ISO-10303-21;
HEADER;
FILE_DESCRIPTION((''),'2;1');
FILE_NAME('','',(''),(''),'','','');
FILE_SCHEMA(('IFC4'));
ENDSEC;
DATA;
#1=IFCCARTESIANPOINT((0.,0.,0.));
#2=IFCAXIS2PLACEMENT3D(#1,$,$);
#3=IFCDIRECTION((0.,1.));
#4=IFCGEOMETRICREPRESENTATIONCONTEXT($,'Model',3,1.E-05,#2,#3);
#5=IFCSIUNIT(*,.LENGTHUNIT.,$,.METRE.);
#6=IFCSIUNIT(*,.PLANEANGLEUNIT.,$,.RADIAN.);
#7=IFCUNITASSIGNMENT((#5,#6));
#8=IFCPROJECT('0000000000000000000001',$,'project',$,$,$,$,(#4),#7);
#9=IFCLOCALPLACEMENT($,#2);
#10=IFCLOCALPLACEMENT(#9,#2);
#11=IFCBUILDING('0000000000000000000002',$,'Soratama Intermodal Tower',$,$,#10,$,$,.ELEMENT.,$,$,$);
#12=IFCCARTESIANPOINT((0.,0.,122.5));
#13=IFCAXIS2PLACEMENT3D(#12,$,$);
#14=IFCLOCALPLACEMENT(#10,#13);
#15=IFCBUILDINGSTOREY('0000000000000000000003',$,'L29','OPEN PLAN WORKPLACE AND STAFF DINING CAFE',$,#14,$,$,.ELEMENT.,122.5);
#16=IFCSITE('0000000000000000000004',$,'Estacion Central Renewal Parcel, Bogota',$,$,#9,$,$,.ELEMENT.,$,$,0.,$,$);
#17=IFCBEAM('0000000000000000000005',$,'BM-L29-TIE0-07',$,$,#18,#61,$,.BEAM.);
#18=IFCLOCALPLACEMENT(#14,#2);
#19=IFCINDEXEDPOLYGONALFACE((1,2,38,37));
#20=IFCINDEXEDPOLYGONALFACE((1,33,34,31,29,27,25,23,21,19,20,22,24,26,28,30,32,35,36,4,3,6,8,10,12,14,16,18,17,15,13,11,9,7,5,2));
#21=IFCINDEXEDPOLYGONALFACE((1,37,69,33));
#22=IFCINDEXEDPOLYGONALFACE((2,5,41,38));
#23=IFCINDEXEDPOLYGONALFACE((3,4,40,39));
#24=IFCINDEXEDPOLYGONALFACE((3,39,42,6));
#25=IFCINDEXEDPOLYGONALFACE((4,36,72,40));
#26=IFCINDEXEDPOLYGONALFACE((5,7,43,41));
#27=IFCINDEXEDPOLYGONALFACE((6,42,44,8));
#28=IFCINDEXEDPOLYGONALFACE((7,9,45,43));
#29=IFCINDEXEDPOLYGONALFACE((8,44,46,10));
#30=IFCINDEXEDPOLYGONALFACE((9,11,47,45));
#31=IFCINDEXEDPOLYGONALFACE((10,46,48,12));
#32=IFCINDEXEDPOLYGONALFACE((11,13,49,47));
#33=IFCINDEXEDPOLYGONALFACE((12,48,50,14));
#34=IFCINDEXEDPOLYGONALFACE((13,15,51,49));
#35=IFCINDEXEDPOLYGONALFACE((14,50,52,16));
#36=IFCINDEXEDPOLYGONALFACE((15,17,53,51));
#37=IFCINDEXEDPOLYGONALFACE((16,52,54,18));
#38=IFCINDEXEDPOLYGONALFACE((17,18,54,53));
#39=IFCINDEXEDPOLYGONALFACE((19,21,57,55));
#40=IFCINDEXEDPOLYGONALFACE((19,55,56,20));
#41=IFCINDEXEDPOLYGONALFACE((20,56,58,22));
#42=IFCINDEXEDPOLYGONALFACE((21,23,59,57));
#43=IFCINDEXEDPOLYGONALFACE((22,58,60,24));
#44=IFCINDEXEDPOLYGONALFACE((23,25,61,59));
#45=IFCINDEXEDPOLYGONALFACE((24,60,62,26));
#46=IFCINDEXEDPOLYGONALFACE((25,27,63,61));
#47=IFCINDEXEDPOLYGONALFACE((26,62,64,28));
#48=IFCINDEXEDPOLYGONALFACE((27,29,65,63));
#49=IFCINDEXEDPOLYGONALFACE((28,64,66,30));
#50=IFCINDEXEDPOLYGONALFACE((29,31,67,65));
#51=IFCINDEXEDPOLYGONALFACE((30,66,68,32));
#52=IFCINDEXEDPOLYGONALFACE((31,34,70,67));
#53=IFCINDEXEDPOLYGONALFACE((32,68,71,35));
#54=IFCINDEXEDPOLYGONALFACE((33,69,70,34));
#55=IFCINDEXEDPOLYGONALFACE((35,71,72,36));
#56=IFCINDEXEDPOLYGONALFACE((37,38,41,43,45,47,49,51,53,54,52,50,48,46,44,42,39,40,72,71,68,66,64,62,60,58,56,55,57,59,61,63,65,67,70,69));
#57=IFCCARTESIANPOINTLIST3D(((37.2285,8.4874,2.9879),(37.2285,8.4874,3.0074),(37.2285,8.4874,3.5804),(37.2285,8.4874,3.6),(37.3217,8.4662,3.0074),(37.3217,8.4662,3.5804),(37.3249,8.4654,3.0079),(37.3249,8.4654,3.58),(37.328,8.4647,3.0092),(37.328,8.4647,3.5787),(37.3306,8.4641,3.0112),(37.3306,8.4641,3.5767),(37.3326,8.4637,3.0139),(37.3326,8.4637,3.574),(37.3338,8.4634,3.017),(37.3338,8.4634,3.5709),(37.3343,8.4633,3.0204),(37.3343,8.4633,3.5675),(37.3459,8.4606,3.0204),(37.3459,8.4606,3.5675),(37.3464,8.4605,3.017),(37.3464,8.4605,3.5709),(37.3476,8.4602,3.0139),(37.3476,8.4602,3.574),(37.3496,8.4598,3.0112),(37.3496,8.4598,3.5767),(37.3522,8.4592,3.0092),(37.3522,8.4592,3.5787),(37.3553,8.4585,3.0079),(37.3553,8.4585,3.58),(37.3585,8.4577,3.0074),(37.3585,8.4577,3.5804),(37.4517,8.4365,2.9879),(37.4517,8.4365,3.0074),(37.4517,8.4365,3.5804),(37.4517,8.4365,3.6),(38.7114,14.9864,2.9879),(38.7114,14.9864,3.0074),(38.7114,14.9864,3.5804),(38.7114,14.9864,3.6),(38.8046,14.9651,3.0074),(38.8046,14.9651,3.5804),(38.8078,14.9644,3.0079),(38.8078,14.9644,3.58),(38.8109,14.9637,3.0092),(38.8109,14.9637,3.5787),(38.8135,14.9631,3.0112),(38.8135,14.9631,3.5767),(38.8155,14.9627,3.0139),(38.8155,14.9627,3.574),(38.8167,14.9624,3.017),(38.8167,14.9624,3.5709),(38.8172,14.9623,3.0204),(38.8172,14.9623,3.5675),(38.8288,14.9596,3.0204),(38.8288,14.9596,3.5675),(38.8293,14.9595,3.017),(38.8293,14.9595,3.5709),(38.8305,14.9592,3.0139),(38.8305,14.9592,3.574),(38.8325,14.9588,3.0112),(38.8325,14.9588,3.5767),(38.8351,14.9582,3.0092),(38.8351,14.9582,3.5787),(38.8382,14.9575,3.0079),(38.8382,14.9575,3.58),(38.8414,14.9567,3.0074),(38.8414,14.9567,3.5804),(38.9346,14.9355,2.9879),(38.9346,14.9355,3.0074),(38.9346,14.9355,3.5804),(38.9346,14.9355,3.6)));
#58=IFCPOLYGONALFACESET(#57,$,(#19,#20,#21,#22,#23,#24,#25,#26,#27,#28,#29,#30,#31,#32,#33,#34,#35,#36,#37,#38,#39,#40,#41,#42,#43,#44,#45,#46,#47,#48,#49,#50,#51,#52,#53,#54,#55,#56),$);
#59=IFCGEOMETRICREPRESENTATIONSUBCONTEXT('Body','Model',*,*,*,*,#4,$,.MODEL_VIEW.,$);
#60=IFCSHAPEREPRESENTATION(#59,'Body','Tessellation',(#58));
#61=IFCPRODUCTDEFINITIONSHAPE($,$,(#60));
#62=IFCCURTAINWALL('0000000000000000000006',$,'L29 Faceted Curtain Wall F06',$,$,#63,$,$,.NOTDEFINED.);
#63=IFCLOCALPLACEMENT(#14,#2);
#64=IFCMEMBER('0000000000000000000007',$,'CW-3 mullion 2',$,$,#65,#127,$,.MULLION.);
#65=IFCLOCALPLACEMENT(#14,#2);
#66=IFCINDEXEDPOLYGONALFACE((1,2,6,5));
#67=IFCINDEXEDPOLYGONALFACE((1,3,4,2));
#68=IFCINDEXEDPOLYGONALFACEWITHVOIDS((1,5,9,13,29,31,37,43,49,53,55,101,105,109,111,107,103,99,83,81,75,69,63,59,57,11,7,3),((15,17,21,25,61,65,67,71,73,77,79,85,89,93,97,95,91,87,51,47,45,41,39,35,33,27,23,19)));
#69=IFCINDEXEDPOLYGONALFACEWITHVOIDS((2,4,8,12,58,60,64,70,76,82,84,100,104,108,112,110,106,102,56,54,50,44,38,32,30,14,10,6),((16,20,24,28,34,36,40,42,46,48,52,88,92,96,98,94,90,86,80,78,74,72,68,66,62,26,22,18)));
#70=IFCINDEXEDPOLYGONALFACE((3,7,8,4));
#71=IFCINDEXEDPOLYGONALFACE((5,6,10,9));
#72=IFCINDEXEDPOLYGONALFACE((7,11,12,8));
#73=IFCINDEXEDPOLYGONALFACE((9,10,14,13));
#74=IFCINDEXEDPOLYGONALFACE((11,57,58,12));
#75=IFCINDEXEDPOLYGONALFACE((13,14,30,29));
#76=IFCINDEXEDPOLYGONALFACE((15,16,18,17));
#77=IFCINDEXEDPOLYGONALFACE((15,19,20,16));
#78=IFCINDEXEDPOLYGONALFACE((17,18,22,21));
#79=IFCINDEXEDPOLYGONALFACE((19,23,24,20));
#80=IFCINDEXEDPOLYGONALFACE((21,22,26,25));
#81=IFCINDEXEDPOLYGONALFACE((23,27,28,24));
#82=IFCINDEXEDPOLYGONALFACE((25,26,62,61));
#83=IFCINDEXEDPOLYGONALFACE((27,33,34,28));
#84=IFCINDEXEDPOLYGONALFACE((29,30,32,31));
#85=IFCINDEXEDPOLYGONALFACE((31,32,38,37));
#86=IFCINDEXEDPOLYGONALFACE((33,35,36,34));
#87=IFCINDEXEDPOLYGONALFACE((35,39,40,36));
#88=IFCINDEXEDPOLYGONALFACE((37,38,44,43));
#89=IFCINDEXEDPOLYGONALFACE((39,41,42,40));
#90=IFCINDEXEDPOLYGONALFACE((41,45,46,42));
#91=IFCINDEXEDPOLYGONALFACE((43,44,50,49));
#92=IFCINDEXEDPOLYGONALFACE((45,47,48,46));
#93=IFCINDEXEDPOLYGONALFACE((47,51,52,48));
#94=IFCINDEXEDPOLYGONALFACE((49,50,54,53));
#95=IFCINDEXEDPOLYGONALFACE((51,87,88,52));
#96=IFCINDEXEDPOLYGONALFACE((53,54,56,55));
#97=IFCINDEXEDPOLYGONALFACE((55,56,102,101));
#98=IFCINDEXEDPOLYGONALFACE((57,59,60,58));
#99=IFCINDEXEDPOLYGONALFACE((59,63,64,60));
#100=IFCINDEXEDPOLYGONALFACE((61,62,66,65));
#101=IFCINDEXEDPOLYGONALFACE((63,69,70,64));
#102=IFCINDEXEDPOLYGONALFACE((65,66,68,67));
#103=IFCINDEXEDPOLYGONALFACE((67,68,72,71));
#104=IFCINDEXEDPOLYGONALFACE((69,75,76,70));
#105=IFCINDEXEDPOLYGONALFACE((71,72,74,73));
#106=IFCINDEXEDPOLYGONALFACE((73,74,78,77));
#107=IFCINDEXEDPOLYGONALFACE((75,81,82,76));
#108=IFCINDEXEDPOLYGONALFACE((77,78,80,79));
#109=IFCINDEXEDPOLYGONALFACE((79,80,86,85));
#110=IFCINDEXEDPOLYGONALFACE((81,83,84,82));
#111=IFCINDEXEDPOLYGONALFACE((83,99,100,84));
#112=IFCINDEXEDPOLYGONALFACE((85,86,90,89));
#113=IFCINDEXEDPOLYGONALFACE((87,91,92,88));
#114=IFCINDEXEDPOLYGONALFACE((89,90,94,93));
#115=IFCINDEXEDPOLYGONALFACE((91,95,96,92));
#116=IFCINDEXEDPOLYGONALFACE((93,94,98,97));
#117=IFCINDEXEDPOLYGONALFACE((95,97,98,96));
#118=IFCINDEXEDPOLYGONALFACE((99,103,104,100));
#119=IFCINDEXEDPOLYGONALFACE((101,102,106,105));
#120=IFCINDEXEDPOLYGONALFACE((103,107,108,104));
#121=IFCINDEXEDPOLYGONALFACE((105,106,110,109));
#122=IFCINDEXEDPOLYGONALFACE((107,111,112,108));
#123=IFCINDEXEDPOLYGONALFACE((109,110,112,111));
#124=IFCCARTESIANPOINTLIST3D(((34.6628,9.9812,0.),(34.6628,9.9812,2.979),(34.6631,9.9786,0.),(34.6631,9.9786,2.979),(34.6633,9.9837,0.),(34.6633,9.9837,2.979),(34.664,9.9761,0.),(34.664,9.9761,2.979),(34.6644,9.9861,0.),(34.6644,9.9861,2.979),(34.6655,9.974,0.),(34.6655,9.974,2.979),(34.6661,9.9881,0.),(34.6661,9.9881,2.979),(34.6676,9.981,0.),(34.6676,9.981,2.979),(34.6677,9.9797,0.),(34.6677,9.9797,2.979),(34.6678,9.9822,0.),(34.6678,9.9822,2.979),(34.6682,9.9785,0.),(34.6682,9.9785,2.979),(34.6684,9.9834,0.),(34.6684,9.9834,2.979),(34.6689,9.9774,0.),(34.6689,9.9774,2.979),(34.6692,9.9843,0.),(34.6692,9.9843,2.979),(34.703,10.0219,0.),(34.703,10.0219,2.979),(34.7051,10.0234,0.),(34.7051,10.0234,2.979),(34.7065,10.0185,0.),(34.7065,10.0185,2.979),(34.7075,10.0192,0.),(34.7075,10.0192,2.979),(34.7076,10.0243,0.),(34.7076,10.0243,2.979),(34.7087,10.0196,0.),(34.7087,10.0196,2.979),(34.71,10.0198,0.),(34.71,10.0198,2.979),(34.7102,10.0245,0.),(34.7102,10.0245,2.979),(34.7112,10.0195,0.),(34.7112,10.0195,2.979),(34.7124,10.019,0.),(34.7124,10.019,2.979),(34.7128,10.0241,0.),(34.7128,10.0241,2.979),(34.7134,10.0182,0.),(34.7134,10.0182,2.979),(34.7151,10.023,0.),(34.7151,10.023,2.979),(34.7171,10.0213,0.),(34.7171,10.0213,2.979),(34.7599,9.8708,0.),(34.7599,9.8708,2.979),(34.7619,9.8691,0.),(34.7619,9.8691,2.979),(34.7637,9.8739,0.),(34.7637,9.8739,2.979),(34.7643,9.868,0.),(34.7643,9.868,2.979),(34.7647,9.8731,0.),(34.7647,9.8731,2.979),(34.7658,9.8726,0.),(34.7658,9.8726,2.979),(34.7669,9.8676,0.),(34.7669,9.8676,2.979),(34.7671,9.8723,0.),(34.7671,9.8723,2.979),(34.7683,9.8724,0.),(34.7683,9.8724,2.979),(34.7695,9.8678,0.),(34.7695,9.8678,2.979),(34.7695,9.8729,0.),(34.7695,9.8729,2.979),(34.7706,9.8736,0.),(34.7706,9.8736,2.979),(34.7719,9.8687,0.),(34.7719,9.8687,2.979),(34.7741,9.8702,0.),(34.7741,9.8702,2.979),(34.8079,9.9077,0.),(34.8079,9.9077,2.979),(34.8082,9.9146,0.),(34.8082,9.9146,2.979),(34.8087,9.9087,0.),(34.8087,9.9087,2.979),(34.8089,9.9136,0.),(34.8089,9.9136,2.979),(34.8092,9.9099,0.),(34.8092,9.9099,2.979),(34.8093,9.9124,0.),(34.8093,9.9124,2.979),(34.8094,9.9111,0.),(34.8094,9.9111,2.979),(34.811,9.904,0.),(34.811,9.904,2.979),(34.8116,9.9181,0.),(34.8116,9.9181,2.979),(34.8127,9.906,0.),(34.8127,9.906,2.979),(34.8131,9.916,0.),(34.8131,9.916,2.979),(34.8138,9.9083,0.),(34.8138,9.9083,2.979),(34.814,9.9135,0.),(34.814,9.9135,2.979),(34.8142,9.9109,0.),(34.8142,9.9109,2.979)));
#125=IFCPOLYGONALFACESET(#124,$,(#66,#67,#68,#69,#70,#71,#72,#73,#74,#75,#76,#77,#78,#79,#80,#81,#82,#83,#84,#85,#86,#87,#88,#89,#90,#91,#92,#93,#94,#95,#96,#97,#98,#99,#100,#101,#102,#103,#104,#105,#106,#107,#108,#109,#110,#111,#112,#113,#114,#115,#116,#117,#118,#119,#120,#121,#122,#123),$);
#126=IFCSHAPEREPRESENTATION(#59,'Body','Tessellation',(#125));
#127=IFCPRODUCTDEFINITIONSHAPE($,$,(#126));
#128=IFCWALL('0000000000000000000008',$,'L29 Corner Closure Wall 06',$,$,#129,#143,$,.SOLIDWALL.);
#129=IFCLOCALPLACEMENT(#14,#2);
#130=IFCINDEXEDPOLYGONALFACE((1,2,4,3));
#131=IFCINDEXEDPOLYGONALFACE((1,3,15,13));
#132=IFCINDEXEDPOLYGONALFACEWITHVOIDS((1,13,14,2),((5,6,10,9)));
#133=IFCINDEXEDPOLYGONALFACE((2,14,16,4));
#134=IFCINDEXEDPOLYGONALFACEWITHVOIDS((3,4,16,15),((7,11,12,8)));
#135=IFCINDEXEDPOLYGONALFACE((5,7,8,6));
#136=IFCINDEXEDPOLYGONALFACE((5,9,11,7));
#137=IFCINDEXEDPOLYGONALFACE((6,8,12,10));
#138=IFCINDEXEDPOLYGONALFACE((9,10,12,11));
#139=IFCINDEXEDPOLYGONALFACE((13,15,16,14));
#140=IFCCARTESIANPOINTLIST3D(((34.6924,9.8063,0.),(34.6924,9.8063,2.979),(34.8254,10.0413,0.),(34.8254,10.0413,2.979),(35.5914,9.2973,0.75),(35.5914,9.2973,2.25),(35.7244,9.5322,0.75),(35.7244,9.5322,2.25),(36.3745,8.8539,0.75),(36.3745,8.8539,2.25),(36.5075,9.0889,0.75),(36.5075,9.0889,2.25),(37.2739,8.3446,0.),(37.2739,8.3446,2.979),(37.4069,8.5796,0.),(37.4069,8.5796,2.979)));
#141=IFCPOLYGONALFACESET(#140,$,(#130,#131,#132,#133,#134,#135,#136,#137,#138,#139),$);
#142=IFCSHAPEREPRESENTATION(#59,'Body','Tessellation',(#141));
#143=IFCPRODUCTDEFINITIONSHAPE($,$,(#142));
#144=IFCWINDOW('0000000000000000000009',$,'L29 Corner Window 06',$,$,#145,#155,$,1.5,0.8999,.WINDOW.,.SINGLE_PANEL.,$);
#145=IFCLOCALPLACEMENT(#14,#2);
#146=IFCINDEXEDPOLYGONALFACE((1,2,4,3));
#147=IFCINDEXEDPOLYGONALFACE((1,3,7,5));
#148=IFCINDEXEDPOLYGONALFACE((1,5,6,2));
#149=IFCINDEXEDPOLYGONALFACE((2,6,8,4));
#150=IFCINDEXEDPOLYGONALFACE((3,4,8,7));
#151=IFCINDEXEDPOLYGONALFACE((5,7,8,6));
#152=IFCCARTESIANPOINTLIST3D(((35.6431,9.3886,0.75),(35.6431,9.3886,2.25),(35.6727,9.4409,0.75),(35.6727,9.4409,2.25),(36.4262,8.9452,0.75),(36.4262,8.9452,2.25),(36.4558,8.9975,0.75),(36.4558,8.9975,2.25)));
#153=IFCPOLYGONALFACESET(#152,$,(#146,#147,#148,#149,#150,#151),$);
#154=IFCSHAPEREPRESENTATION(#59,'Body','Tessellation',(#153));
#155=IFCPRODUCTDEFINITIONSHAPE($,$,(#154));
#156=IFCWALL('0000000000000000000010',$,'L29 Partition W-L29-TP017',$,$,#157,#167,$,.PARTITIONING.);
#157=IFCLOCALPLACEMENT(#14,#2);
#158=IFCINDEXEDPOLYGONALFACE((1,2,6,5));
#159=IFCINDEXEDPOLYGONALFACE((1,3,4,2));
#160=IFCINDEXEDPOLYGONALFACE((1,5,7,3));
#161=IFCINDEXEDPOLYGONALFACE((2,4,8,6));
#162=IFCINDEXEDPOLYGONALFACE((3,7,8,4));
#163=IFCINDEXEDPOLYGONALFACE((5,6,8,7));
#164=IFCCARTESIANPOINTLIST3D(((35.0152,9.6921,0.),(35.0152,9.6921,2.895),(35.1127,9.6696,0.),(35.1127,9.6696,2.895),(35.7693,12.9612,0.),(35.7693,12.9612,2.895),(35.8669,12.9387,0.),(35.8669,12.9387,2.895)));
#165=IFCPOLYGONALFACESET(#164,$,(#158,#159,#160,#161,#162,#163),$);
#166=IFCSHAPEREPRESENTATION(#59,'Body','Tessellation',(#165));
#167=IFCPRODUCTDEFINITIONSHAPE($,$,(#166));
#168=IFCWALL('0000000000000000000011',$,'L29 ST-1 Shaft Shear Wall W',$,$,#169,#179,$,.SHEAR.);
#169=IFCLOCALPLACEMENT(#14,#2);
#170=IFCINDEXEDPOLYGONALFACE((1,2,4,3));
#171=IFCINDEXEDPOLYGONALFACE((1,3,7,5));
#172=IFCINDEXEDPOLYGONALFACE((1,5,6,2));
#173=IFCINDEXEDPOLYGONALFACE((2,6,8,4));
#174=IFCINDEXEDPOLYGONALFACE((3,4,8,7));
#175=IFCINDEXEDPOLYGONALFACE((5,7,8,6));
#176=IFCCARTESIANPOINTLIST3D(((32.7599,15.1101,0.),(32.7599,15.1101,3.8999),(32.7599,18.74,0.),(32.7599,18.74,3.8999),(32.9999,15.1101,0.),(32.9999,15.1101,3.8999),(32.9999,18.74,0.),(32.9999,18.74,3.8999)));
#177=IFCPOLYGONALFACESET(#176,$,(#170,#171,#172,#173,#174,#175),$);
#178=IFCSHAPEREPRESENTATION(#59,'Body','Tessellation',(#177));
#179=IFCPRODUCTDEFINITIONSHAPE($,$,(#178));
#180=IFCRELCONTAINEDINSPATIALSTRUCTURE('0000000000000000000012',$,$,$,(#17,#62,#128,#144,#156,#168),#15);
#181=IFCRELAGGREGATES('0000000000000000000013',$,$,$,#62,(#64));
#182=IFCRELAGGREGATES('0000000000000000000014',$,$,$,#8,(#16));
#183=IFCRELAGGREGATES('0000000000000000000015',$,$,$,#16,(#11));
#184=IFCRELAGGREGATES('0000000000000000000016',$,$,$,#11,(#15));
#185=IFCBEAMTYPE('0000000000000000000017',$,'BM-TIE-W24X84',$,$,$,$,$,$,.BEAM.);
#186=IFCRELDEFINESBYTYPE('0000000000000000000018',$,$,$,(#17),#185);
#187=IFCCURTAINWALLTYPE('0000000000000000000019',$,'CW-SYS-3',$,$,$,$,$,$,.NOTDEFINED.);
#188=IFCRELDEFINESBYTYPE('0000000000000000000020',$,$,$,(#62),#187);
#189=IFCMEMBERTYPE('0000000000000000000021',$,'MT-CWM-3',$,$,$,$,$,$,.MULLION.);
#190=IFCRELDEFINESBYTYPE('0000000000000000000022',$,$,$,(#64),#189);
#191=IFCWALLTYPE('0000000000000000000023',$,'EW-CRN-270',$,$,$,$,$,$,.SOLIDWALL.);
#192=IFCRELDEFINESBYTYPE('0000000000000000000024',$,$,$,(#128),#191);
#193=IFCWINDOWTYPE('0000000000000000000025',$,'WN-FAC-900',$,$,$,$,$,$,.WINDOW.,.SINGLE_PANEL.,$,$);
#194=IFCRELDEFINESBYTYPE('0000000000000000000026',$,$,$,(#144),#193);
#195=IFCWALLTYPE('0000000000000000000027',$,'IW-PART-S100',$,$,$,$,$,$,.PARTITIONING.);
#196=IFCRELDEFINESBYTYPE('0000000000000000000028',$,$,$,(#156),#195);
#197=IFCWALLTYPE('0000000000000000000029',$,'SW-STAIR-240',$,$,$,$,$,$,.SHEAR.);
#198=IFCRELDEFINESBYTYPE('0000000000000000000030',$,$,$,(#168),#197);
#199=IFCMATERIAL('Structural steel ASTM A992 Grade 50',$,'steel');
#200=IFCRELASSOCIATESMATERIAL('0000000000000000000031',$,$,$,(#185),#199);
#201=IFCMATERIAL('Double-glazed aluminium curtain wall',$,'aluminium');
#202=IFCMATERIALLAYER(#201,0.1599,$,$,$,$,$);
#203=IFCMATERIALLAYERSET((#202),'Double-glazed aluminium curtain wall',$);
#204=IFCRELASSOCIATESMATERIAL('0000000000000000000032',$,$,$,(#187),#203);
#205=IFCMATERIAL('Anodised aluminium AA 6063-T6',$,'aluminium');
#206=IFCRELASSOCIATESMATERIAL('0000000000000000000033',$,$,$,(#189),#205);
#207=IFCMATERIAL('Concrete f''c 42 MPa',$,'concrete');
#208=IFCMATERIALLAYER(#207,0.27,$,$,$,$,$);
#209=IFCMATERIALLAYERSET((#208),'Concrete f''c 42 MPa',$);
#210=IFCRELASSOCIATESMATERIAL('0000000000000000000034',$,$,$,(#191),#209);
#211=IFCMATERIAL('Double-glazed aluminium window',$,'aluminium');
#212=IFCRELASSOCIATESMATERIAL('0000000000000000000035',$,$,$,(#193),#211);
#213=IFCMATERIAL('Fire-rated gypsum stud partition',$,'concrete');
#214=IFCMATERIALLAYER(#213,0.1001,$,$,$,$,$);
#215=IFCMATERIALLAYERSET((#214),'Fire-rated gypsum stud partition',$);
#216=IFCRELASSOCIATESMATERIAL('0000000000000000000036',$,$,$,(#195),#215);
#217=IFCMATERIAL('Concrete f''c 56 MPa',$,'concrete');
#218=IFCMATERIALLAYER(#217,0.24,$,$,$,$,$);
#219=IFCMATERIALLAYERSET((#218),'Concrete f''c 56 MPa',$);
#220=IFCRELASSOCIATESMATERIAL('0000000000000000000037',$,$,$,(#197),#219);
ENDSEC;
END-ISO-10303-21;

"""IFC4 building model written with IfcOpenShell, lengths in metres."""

from ifc_helpers import new_model, si_unit, direction, frame, frame_2d, origin, origin_2d, place, context, subcontext, project, spatial, rectangle, hollow_rectangle, i_section, extrude, material, layer, layer_set, material_profile, profile_set, type_object, element, fill, aggregate, save


model = new_model("IFC4")

# Units and contexts
model_context = context("Model", 3, precision=1e-05, world=origin(), true_north=direction((0.0, 1.0)))
body_context = subcontext(model_context, "Body", "Model", "MODEL_VIEW")
ifc_project = project(units=[si_unit("LENGTHUNIT", "METRE"), si_unit("PLANEANGLEUNIT", "RADIAN")], contexts=[model_context])

# Site, building, storey
site_placement = place(None, origin())
site = spatial("IfcSite", under=ifc_project, at=site_placement, Name="Estacion Central Renewal Parcel, Bogota", CompositionType="ELEMENT", RefElevation=0.0)
building_placement = place(site_placement, origin())
building = spatial("IfcBuilding", under=site, at=building_placement, Name="Soratama Intermodal Tower", CompositionType="ELEMENT")
storey_placement = place(building_placement, frame((0.0, 0.0, 122.5)))
storey = spatial("IfcBuildingStorey", under=building, at=storey_placement, Name="L29", Description="OPEN PLAN WORKPLACE AND STAFF DINING CAFE", CompositionType="ELEMENT", Elevation=122.5)

# Beam
ifc_material_1 = material(Name="Structural steel ASTM A992 Grade 50", Category="steel")
ifc_material_profile_1 = material_profile(ifc_material_1, i_section(OverallWidth=0.229, OverallDepth=0.6121, WebThickness=0.012, FlangeThickness=0.0195, FilletRadius=0.0129, at=origin_2d()), Name="W24X84")
ifc_profile_set_1 = profile_set([ifc_material_profile_1], Name="Structural steel ASTM A992 Grade 50")
beam_type_1 = type_object("IfcBeamType", Name="BM-TIE-W24X84", PredefinedType="BEAM", material=ifc_profile_set_1)
beam_1_placement = place(storey_placement, frame((38.823, 14.9609, 3.2939), z_axis=(-0.222457, -0.974943, 0.0), x_axis=(0.974943, -0.222457, 0.0)))
element("IfcBeam", 1, at=beam_1_placement, inside=storey, type_object=beam_type_1, Name="BM-L29-TIE0-07", PredefinedType="BEAM", context=body_context, shape_type="SweptSolid", body=[
    extrude(i_section(OverallWidth=0.229, OverallDepth=0.6121, WebThickness=0.012, FlangeThickness=0.0195, FilletRadius=0.0129, at=origin_2d()), origin(), (0.0, 0.0, 1.0), 6.666),
])

# Curtain wall, member
ifc_material_2 = material(Name="Double-glazed aluminium curtain wall", Category="aluminium")
ifc_layer_1 = layer(ifc_material_2, 0.1599)
ifc_layer_set_1 = layer_set([ifc_layer_1], Name="Double-glazed aluminium curtain wall")
curtain_wall_type = type_object("IfcCurtainWallType", Name="CW-SYS-3", PredefinedType="NOTDEFINED", material=ifc_layer_set_1)
curtain_wall_placement = place(storey_placement, origin())
curtain_wall = element("IfcCurtainWall", 2, at=curtain_wall_placement, inside=storey, type_object=curtain_wall_type, Name="L29 Faceted Curtain Wall F06", PredefinedType="NOTDEFINED")
ifc_material_3 = material(Name="Anodised aluminium AA 6063-T6", Category="aluminium")
ifc_material_profile_2 = material_profile(ifc_material_3, hollow_rectangle(XDim=0.0701, YDim=0.1599, WallThickness=0.0049, InnerFilletRadius=0.0049, OuterFilletRadius=0.01, at=origin_2d()), Name="CWM160X70X5")
ifc_profile_set_2 = profile_set([ifc_material_profile_2], Name="Anodised aluminium AA 6063-T6")
member_type = type_object("IfcMemberType", Name="MT-CWM-3", PredefinedType="MULLION", material=ifc_profile_set_2)
member_placement = place(storey_placement, frame((34.7385, 9.946, 0.0), z_axis=(0.0, 0.0, 1.0), x_axis=(0.737516, 0.67533, 0.0)))
member = element("IfcMember", 3, at=member_placement, type_object=member_type, Name="CW-3 mullion 2", PredefinedType="MULLION", context=body_context, shape_type="SweptSolid", body=[
    extrude(hollow_rectangle(XDim=0.0701, YDim=0.1599, WallThickness=0.0049, InnerFilletRadius=0.0049, OuterFilletRadius=0.01, at=origin_2d()), origin(), (0.0, 0.0, 1.0), 2.979),
])
aggregate(curtain_wall, [member])

# Wall, opening, window
ifc_material_4 = material(Name="Concrete f'c 42 MPa", Category="concrete")
ifc_layer_2 = layer(ifc_material_4, 0.27)
ifc_layer_set_2 = layer_set([ifc_layer_2], Name="Concrete f'c 42 MPa")
wall_type_1 = type_object("IfcWallType", Name="EW-CRN-270", PredefinedType="SOLIDWALL", material=ifc_layer_set_2)
wall_1_placement = place(storey_placement, frame((34.7588, 9.9238, 0.0), z_axis=(0.0, 0.0, 1.0), x_axis=(0.870196, -0.492705, 0.0)))
wall_1 = element("IfcWall", 4, at=wall_1_placement, inside=storey, type_object=wall_type_1, Name="L29 Corner Closure Wall 06", PredefinedType="SOLIDWALL", context=body_context, shape_type="SweptSolid", body=[
    extrude(rectangle(XDim=2.9666, YDim=0.27, at=frame_2d((1.4834, 0.0))), origin(), (0.0, 0.0, 1.0), 2.979),
])
opening_1_placement = place(wall_1_placement, frame((1.0332, 0.0, 0.75)))
opening_1 = element("IfcOpeningElement", 5, at=opening_1_placement, cuts=wall_1, PredefinedType="OPENING", context=body_context, shape_type="SweptSolid", body=[
    extrude(rectangle(XDim=0.8999, YDim=1.5, at=frame_2d((0.45, 0.75))), frame((0.0, 0.145, 0.0), z_axis=(0.0, -1.0, 0.0), x_axis=(1.0, 0.0, 0.0)), (0.0, 0.0, 1.0), 0.29),
])
ifc_material_5 = material(Name="Double-glazed aluminium window", Category="aluminium")
window_type_1 = type_object("IfcWindowType", Name="WN-FAC-900", PartitioningType="SINGLE_PANEL", PredefinedType="WINDOW", material=ifc_material_5)
window_1_placement = place(opening_1_placement, origin())
window_1 = element("IfcWindow", 6, at=window_1_placement, inside=storey, type_object=window_type_1, Name="L29 Corner Window 06", OverallHeight=1.5, OverallWidth=0.8999, PartitioningType="SINGLE_PANEL", PredefinedType="WINDOW", context=body_context, shape_type="SweptSolid", body=[
    extrude(rectangle(XDim=0.8999, YDim=1.5, at=frame_2d((0.45, 0.75))), frame((0.0, 0.03, 0.0), z_axis=(0.0, -1.0, 0.0), x_axis=(1.0, 0.0, 0.0)), (0.0, 0.0, 1.0), 0.0601),
])
fill(opening_1, window_1)

# Walls
ifc_material_6 = material(Name="Fire-rated gypsum stud partition", Category="concrete")
ifc_layer_3 = layer(ifc_material_6, 0.1001)
ifc_layer_set_3 = layer_set([ifc_layer_3], Name="Fire-rated gypsum stud partition")
wall_type_2 = type_object("IfcWallType", Name="IW-PART-S100", PredefinedType="PARTITIONING", material=ifc_layer_set_3)
wall_2_placement = place(storey_placement, frame((35.8181, 12.95, 0.0), z_axis=(0.0, 0.0, 1.0), x_axis=(-0.22479, -0.974407, 0.0)))
element("IfcWall", 7, at=wall_2_placement, inside=storey, type_object=wall_type_2, Name="L29 Partition W-L29-TP017", PredefinedType="PARTITIONING", context=body_context, shape_type="SweptSolid", body=[
    extrude(rectangle(XDim=3.355, YDim=0.1001, at=frame_2d((1.6775, 0.0))), origin(), (0.0, 0.0, 1.0), 2.895),
])
ifc_material_7 = material(Name="Concrete f'c 56 MPa", Category="concrete")
ifc_layer_4 = layer(ifc_material_7, 0.24)
ifc_layer_set_4 = layer_set([ifc_layer_4], Name="Concrete f'c 56 MPa")
wall_type_3 = type_object("IfcWallType", Name="SW-STAIR-240", PredefinedType="SHEAR", material=ifc_layer_set_4)
wall_3_placement = place(storey_placement, frame((32.8799, 15.1101, 0.0), z_axis=(0.0, 0.0, 1.0), x_axis=(0.0, 1.0, 0.0)))
element("IfcWall", 8, at=wall_3_placement, inside=storey, type_object=wall_type_3, Name="L29 ST-1 Shaft Shear Wall W", PredefinedType="SHEAR", context=body_context, shape_type="SweptSolid", body=[
    extrude(rectangle(XDim=3.6299, YDim=0.24, at=frame_2d((1.8149, 0.0))), origin(), (0.0, 0.0, 1.0), 3.8999),
])

save(model, "model.ifc")
